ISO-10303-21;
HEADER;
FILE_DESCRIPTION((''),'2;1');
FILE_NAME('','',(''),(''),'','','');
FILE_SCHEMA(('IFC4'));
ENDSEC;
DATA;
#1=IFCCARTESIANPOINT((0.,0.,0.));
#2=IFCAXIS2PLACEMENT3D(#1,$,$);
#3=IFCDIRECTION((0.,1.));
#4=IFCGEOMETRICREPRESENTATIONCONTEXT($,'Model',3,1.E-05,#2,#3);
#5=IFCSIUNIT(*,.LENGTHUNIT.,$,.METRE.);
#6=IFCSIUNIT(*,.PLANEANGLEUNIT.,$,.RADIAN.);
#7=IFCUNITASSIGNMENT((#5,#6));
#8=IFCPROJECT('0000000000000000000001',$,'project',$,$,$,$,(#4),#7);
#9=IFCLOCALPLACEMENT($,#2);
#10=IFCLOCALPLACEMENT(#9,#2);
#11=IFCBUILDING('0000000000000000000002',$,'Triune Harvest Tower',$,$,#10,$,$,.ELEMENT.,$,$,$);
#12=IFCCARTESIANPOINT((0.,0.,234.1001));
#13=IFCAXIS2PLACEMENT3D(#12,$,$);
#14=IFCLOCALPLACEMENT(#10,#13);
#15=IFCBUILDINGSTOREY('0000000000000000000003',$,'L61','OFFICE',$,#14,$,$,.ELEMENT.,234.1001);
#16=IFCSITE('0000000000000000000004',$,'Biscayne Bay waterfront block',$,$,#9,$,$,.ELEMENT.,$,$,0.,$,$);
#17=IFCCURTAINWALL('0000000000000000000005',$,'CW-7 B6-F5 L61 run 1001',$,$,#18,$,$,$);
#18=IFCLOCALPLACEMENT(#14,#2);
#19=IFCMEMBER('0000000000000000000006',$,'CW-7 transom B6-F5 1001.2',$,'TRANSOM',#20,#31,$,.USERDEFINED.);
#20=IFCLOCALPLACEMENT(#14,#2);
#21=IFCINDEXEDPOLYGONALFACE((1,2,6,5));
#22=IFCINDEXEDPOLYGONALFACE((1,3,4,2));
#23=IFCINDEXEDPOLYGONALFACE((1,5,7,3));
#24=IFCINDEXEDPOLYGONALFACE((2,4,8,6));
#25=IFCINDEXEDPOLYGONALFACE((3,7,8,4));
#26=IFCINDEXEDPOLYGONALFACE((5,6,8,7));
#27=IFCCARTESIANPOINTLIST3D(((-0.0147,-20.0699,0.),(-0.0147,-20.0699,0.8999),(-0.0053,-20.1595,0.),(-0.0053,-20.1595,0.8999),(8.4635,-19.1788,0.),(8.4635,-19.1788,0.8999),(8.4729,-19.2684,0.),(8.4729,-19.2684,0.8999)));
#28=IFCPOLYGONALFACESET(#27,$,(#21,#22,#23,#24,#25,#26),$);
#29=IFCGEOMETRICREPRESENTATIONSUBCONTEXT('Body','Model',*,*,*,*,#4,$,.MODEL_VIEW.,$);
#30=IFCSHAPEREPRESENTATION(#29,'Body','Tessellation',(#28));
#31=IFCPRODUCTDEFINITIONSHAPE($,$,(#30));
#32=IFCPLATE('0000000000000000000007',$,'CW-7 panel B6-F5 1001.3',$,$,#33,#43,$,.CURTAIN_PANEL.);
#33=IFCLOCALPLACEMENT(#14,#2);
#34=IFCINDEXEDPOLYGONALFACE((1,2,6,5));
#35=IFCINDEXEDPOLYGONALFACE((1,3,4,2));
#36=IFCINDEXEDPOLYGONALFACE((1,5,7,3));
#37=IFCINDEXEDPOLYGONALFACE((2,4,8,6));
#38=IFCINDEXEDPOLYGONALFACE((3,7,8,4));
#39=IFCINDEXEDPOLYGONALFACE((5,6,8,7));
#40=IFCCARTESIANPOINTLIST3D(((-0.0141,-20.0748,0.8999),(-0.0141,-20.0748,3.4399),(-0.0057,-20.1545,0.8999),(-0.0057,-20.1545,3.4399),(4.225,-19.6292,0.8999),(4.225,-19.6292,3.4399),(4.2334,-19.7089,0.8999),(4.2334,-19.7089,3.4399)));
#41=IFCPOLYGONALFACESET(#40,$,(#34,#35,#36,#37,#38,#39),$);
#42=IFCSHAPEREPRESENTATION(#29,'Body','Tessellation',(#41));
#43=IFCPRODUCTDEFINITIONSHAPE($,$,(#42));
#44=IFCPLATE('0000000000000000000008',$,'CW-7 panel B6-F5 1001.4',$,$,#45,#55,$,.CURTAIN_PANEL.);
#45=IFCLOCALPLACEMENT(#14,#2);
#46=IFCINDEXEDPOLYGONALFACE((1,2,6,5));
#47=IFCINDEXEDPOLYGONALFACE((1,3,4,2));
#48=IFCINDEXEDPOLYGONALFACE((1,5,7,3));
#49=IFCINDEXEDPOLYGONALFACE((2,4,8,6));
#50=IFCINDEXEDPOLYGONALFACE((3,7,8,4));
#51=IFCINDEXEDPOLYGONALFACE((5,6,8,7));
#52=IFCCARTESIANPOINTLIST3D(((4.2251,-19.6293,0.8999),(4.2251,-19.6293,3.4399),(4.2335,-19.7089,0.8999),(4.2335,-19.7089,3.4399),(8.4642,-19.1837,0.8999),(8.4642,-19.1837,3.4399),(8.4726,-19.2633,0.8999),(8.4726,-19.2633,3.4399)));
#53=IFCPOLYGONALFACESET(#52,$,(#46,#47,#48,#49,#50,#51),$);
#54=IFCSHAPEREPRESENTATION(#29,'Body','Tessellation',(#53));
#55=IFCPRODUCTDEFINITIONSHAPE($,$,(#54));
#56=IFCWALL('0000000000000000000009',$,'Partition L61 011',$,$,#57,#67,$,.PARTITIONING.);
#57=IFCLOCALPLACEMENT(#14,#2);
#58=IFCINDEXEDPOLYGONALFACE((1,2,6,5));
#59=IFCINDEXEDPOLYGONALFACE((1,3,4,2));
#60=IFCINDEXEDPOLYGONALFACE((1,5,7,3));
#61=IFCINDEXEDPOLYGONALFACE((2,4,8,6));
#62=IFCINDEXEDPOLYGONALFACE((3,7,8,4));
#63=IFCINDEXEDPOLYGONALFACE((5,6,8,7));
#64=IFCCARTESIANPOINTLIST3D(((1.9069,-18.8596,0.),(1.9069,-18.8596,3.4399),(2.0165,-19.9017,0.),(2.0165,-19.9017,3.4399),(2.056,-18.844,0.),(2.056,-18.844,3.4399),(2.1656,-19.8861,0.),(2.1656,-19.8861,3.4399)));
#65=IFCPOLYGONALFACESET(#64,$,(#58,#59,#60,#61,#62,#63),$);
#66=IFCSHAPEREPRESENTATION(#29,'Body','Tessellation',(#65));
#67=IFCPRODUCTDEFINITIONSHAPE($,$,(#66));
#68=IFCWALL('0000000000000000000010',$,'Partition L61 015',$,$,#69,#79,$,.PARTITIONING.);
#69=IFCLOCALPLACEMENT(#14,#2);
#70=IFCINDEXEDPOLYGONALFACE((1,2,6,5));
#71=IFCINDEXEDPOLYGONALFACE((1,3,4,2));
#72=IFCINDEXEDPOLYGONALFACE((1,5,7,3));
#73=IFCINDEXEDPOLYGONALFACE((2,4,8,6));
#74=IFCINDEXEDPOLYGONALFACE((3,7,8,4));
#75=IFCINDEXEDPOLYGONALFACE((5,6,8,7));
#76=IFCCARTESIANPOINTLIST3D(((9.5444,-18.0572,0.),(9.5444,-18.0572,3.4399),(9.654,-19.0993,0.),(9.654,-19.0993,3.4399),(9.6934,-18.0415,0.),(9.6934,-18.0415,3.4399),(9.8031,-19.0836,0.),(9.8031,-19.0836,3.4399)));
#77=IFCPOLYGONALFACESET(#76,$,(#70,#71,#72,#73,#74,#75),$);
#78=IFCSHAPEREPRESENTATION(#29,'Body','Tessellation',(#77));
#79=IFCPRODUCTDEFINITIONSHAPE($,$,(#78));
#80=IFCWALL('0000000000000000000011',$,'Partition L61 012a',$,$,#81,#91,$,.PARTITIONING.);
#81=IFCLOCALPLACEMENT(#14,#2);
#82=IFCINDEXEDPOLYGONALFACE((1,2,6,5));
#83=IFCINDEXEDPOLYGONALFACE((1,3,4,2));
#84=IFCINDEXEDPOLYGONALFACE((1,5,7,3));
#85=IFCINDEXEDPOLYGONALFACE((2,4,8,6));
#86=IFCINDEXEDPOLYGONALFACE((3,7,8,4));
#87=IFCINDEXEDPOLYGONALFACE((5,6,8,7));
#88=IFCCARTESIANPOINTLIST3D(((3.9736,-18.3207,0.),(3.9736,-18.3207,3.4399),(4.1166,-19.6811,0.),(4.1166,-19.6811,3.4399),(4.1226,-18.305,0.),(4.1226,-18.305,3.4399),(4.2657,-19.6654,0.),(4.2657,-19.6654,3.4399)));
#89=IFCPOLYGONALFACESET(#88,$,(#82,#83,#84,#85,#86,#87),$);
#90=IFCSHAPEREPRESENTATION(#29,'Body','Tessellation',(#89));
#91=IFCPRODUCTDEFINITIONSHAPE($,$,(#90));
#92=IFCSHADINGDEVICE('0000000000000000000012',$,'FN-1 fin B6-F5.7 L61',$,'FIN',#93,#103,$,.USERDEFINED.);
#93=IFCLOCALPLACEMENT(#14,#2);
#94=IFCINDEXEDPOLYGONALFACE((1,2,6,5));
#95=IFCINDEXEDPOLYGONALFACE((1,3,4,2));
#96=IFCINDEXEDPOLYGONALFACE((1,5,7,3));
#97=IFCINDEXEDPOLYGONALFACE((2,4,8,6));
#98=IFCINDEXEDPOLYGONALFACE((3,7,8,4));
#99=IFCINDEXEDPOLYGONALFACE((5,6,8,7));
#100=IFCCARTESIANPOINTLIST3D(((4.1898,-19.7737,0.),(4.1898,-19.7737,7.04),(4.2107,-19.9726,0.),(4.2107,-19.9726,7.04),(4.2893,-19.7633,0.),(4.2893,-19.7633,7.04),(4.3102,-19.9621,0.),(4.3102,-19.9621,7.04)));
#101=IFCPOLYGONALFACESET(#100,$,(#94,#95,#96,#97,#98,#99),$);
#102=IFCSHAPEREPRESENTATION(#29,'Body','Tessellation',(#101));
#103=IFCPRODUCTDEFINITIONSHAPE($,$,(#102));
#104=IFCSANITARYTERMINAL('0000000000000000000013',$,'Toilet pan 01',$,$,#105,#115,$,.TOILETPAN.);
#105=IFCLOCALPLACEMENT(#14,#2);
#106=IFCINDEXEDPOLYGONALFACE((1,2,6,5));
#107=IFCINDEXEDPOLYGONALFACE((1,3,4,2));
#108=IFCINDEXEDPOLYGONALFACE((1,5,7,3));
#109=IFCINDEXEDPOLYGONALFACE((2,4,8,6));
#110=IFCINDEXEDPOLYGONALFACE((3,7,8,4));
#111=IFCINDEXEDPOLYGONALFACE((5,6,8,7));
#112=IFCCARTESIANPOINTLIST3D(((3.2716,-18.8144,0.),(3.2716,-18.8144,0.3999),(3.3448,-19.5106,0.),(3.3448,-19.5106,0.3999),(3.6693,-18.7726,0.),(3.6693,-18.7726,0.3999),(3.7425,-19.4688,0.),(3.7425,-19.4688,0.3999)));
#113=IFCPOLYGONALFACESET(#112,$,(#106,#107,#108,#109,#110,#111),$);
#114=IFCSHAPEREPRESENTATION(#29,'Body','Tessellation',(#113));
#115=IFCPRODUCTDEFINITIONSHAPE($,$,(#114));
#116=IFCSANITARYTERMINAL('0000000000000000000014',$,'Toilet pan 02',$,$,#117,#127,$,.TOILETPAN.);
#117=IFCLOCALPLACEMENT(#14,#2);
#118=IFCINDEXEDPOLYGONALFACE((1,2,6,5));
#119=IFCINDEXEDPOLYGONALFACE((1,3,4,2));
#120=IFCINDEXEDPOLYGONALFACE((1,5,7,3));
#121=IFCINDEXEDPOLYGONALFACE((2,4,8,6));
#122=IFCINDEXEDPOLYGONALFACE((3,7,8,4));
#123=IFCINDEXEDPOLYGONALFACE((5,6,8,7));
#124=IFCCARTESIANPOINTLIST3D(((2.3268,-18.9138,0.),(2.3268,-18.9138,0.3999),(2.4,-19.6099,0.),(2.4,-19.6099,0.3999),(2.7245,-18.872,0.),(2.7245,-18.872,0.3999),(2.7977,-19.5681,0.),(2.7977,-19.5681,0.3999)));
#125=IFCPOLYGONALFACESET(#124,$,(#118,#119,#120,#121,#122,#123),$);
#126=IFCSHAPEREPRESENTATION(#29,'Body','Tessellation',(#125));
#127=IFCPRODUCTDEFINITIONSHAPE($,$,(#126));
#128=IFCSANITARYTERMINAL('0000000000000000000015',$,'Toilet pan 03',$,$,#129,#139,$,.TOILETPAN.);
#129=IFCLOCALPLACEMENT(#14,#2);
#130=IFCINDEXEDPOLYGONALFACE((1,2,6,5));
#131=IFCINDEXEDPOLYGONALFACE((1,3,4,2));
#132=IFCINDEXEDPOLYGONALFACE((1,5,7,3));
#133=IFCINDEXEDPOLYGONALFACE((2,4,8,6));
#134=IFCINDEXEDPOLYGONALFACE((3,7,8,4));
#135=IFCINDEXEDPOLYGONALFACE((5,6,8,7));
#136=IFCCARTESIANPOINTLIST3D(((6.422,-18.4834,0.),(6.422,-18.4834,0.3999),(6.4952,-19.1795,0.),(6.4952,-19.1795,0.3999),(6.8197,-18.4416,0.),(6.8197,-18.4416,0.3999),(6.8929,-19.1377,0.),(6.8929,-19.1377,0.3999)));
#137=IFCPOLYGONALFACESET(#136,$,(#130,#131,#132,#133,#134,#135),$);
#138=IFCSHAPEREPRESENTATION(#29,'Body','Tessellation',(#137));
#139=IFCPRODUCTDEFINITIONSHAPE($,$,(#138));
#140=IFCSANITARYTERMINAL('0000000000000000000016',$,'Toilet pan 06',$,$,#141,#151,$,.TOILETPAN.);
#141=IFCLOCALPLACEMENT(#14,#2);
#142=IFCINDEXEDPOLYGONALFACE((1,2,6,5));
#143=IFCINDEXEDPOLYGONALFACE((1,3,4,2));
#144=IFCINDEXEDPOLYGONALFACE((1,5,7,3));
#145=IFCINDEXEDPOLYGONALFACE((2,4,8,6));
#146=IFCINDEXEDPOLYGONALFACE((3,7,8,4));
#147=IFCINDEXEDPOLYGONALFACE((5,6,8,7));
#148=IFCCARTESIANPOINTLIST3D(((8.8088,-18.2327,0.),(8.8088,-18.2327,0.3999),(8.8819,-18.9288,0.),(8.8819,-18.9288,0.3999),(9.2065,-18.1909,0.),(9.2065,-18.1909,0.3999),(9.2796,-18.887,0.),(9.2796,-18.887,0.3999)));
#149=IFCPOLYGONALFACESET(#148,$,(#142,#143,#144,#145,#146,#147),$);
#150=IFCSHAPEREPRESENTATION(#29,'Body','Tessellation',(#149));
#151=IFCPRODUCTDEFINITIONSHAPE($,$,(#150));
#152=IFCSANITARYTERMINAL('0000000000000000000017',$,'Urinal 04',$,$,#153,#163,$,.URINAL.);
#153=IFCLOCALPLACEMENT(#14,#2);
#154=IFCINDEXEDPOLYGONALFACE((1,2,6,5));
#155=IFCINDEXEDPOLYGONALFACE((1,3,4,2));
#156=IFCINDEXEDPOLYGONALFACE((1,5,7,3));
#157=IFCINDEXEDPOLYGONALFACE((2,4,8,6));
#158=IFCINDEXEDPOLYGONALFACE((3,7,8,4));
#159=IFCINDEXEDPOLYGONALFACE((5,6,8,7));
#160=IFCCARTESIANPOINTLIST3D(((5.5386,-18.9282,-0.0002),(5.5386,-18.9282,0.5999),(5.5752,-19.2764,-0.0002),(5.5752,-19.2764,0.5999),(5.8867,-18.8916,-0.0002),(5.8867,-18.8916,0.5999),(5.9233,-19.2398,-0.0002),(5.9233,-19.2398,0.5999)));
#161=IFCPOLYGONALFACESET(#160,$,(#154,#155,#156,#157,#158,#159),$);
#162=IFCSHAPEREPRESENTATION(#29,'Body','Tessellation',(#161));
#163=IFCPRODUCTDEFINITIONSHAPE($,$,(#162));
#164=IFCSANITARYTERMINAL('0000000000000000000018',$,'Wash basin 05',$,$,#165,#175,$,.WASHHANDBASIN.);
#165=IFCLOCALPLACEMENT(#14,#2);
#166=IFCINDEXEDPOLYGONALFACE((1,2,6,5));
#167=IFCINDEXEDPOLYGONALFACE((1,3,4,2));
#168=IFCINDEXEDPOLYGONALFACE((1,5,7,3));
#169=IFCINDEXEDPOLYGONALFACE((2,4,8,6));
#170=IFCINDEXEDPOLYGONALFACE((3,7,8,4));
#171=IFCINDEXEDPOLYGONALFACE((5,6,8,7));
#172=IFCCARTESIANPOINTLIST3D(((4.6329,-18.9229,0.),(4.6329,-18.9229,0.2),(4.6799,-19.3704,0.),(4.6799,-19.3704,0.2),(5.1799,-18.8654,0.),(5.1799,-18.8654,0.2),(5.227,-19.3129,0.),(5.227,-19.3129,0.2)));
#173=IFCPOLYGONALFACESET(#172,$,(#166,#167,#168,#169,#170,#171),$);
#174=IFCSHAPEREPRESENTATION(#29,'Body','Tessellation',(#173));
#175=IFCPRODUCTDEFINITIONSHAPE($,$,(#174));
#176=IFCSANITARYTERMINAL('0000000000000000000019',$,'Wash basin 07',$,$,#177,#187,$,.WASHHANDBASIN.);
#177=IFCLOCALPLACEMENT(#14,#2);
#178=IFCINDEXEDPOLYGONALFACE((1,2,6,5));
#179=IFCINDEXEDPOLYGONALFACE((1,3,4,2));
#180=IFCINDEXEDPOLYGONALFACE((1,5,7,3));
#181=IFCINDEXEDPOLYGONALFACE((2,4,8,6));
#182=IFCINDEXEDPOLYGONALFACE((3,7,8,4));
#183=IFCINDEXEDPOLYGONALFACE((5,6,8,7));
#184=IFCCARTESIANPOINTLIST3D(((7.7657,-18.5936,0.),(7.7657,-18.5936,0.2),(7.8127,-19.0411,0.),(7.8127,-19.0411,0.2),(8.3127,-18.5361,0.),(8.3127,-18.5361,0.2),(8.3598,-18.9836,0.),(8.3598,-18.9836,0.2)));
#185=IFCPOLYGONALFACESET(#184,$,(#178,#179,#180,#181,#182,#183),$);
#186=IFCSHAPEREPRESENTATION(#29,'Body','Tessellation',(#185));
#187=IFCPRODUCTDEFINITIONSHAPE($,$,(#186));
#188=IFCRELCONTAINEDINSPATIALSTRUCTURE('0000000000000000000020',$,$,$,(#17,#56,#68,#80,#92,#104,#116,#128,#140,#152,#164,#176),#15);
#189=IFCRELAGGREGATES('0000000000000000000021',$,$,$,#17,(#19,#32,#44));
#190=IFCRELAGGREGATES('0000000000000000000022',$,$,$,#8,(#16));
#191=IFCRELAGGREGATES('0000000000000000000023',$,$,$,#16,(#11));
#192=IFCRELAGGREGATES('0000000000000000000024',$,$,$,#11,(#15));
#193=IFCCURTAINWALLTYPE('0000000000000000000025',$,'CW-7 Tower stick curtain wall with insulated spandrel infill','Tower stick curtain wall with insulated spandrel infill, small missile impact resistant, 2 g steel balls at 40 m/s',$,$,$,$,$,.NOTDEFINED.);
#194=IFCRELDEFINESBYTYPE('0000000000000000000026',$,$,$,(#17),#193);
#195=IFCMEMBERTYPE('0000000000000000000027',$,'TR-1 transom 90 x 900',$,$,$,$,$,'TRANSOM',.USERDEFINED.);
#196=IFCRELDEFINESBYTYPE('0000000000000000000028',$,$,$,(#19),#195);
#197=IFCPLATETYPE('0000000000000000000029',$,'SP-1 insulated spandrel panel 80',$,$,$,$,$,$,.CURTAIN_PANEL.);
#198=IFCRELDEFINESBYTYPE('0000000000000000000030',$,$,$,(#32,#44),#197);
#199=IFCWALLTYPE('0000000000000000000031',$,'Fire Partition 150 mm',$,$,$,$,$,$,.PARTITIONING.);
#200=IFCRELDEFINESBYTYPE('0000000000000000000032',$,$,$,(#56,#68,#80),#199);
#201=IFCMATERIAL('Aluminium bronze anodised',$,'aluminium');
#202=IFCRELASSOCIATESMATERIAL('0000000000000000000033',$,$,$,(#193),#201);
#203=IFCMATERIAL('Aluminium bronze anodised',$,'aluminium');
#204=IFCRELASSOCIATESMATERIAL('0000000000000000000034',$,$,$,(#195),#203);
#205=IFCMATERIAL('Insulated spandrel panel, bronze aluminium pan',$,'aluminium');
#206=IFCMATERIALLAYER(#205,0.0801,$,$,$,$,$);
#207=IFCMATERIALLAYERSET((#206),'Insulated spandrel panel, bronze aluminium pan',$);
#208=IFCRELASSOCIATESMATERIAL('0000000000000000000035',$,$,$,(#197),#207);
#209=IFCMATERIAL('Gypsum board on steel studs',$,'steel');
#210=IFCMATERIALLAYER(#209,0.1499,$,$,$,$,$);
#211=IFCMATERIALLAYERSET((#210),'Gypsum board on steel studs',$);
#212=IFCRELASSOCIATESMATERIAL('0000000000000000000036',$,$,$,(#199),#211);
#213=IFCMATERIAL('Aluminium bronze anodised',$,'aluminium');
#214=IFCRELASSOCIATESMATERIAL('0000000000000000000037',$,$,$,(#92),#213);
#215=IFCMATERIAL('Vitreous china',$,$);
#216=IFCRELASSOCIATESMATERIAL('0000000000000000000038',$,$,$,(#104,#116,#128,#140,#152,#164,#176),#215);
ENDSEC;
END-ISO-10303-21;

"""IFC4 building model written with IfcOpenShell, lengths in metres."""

from ifc_helpers import new_model, si_unit, direction, frame, frame_2d, origin, origin_2d, place, context, subcontext, project, spatial, rectangle, extrude, source, transform, mapped, material, layer, layer_set, material_profile, profile_set, type_object, element, aggregate, save


model = new_model("IFC4")

# Units and contexts
model_context = context("Model", 3, precision=1e-05, world=origin(), true_north=direction((0.0, 1.0)))
body_context = subcontext(model_context, "Body", "Model", "MODEL_VIEW")
ifc_project = project(units=[si_unit("LENGTHUNIT", "METRE"), si_unit("PLANEANGLEUNIT", "RADIAN")], contexts=[model_context])

# Site, building, storey
site_placement = place(None, origin())
site = spatial("IfcSite", under=ifc_project, at=site_placement, Name="Biscayne Bay waterfront block", CompositionType="ELEMENT", RefElevation=0.0)
building_placement = place(site_placement, origin())
building = spatial("IfcBuilding", under=site, at=building_placement, Name="Triune Harvest Tower", CompositionType="ELEMENT")
storey_placement = place(building_placement, frame((0.0, 0.0, 234.1001)))
storey = spatial("IfcBuildingStorey", under=building, at=storey_placement, Name="L61", Description="OFFICE", CompositionType="ELEMENT", Elevation=234.1001)

# Curtain wall, member, plates
ifc_material_1 = material(Name="Aluminium bronze anodised", Category="aluminium")
curtain_wall_type = type_object("IfcCurtainWallType", Name="CW-7 Tower stick curtain wall with insulated spandrel infill", Description="Tower stick curtain wall with insulated spandrel infill, small missile impact resistant, 2 g steel balls at 40 m/s", PredefinedType="NOTDEFINED", material=ifc_material_1)
curtain_wall_placement = place(storey_placement, origin())
curtain_wall = element("IfcCurtainWall", 1, at=curtain_wall_placement, inside=storey, type_object=curtain_wall_type, Name="CW-7 B6-F5 L61 run 1001")
ifc_material_2 = material(Name="Aluminium bronze anodised", Category="aluminium")
ifc_material_profile_1 = material_profile(ifc_material_2, rectangle(XDim=0.0901, YDim=0.8999, at=origin_2d()), Name="TR-1 transom 90 x 900")
ifc_profile_set_1 = profile_set([ifc_material_profile_1], Name="Aluminium bronze anodised")
member_type_1 = type_object("IfcMemberType", Name="TR-1 transom 90 x 900", ElementType="TRANSOM", PredefinedType="USERDEFINED", material=ifc_profile_set_1)
shared_shape_1 = source(origin(), body_context, "Body", "SweptSolid", [
    extrude(rectangle(XDim=0.0901, YDim=0.8999, at=origin_2d()), origin(), (0.0, 0.0, 1.0), 8.5249),
])
member_1_placement = place(storey_placement, frame((-0.01, -20.1147, 0.45), z_axis=(0.994522, 0.10453, 0.0), x_axis=(-0.10453, 0.994522, 0.0)))
member_1 = element("IfcMember", 2, at=member_1_placement, type_object=member_type_1, Name="CW-7 transom B6-F5 1001.2", ObjectType="TRANSOM", PredefinedType="USERDEFINED", context=body_context, shape_type="MappedRepresentation", body=[
    mapped(shared_shape_1, transform((0.0, 0.0, 0.0), scale=1.0)),
])
ifc_material_3 = material(Name="Insulated spandrel panel, bronze aluminium pan", Category="aluminium")
ifc_layer_1 = layer(ifc_material_3, 0.0801)
ifc_layer_set_1 = layer_set([ifc_layer_1], Name="Insulated spandrel panel, bronze aluminium pan")
plate_type = type_object("IfcPlateType", Name="SP-1 insulated spandrel panel 80", PredefinedType="CURTAIN_PANEL", material=ifc_layer_set_1)
shared_shape_2 = source(origin(), body_context, "Body", "SweptSolid", [
    extrude(rectangle(XDim=4.2625, YDim=0.0801, at=origin_2d()), origin(), (0.0, 0.0, 1.0), 2.54),
])
plate_1_placement = place(storey_placement, frame((2.1096, -19.8918, 0.8999), z_axis=(0.0, 0.0, 1.0), x_axis=(0.994521, 0.104534, 0.0)))
plate_1 = element("IfcPlate", 3, at=plate_1_placement, type_object=plate_type, Name="CW-7 panel B6-F5 1001.3", PredefinedType="CURTAIN_PANEL", context=body_context, shape_type="MappedRepresentation", body=[
    mapped(shared_shape_2, transform((0.0, 0.0, 0.0), scale=1.0)),
])
plate_2_placement = place(storey_placement, frame((6.3489, -19.4463, 0.8999), z_axis=(0.0, 0.0, 1.0), x_axis=(0.994521, 0.104534, 0.0)))
plate_2 = element("IfcPlate", 4, at=plate_2_placement, type_object=plate_type, Name="CW-7 panel B6-F5 1001.4", PredefinedType="CURTAIN_PANEL", context=body_context, shape_type="MappedRepresentation", body=[
    mapped(shared_shape_2, transform((0.0, 0.0, 0.0), scale=1.0)),
])
aggregate(curtain_wall, [member_1, plate_1, plate_2])

# Walls
ifc_material_4 = material(Name="Gypsum board on steel studs", Category="steel")
ifc_layer_2 = layer(ifc_material_4, 0.1499)
ifc_layer_set_2 = layer_set([ifc_layer_2], Name="Gypsum board on steel studs")
wall_type = type_object("IfcWallType", Name="Fire Partition 150 mm", PredefinedType="PARTITIONING", material=ifc_layer_set_2)
shared_shape_3 = source(origin(), body_context, "Body", "SweptSolid", [
    extrude(rectangle(XDim=1.0479, YDim=0.1499, at=frame_2d((0.5239, 0.0))), origin(), (0.0, 0.0, 1.0), 3.4399),
])
for number, where, z_axis, x_axis, name in (
    (5, (1.9814, -18.8518, 0.0), (0.0, 0.0, 1.0), (0.104624, -0.994512, 0.0), "Partition L61 011"),
    (6, (9.6189, -18.0493, 0.0), (0.0, 0.0, 1.0), (0.104624, -0.994512, 0.0), "Partition L61 015"),
):
    element("IfcWall", number, at=place(storey_placement, frame(where, z_axis=z_axis, x_axis=x_axis)), inside=storey, type_object=wall_type, Name=name, PredefinedType="PARTITIONING", context=body_context, shape_type="MappedRepresentation", body=[
        mapped(shared_shape_3, transform((0.0, 0.0, 0.0), scale=1.0)),
    ])
shared_shape_4 = source(origin(), body_context, "Body", "SweptSolid", [
    extrude(rectangle(XDim=1.3679, YDim=0.1499, at=frame_2d((0.6841, 0.0))), origin(), (0.0, 0.0, 1.0), 3.4399),
])
wall_placement = place(storey_placement, frame((4.0481, -18.3127, 0.0), z_axis=(0.0, 0.0, 1.0), x_axis=(0.104592, -0.994515, 0.0)))
element("IfcWall", 7, at=wall_placement, inside=storey, type_object=wall_type, Name="Partition L61 012a", PredefinedType="PARTITIONING", context=body_context, shape_type="MappedRepresentation", body=[
    mapped(shared_shape_4, transform((0.0, 0.0, 0.0), scale=1.0)),
])

# Shading device
ifc_material_5 = material(Name="Aluminium bronze anodised", Category="aluminium")
shared_shape_5 = source(origin(), body_context, "Body", "SweptSolid", [
    extrude(rectangle(XDim=0.1001, YDim=0.2, at=origin_2d()), origin(), (0.0, 0.0, 1.0), 7.04),
])
shading_device_placement = place(storey_placement, frame((4.25, -19.8679, 0.0), z_axis=(0.0, 0.0, 1.0), x_axis=(0.994522, 0.10453, 0.0)))
element("IfcShadingDevice", 8, at=shading_device_placement, inside=storey, material=ifc_material_5, Name="FN-1 fin B6-F5.7 L61", ObjectType="FIN", PredefinedType="USERDEFINED", context=body_context, shape_type="MappedRepresentation", body=[
    mapped(shared_shape_5, transform((0.0, 0.0, 0.0), scale=1.0)),
])

# Sanitary terminals
ifc_material_6 = material(Name="Vitreous china")
shared_shape_6 = source(origin(), body_context, "Body", "SweptSolid", [
    extrude(rectangle(XDim=0.3999, YDim=0.7, at=origin_2d()), origin(), (0.0, 0.0, 1.0), 0.3999),
])
for number, where, z_axis, x_axis, name in (
    (9, (3.5071, -19.1416, 0.0), (0.0, 0.0, 1.0), (-0.99452, -0.104546, 0.0), "Toilet pan 01"),
    (10, (2.5623, -19.241, 0.0), (0.0, 0.0, 1.0), (-0.99452, -0.104546, 0.0), "Toilet pan 02"),
    (11, (6.6575, -18.8105, 0.0), (0.0, 0.0, 1.0), (-0.99452, -0.104546, 0.0), "Toilet pan 03"),
    (12, (9.0442, -18.5598, 0.0), (0.0, 0.0, 1.0), (-0.994522, -0.104528, 0.0), "Toilet pan 06"),
):
    element("IfcSanitaryTerminal", number, at=place(storey_placement, frame(where, z_axis=z_axis, x_axis=x_axis)), inside=storey, material=ifc_material_6, Name=name, PredefinedType="TOILETPAN", context=body_context, shape_type="MappedRepresentation", body=[
        mapped(shared_shape_6, transform((0.0, 0.0, 0.0), scale=1.0)),
    ])
shared_shape_7 = source(origin(), body_context, "Body", "SweptSolid", [
    extrude(rectangle(XDim=0.3501, YDim=0.3501, at=origin_2d()), origin(), (0.0, 0.0, 1.0), 0.6001),
])
sanitary_terminal_placement = place(storey_placement, frame((5.731, -19.084, -0.0002), z_axis=(0.0, 0.0, 1.0), x_axis=(-0.99452, -0.104546, 0.0)))
element("IfcSanitaryTerminal", 13, at=sanitary_terminal_placement, inside=storey, material=ifc_material_6, Name="Urinal 04", PredefinedType="URINAL", context=body_context, shape_type="MappedRepresentation", body=[
    mapped(shared_shape_7, transform((0.0, 0.0, 0.0), scale=1.0)),
])
shared_shape_8 = source(origin(), body_context, "Body", "SweptSolid", [
    extrude(rectangle(XDim=0.55, YDim=0.45, at=origin_2d()), origin(), (0.0, 0.0, 1.0), 0.2),
])
for number, where, z_axis, x_axis, name in (
    (14, (4.9299, -19.1179, 0.0), (0.0, 0.0, 1.0), (-0.99452, -0.104546, 0.0), "Wash basin 05"),
    (15, (8.0627, -18.7886, 0.0), (0.0, 0.0, 1.0), (-0.994522, -0.104528, 0.0), "Wash basin 07"),
):
    element("IfcSanitaryTerminal", number, at=place(storey_placement, frame(where, z_axis=z_axis, x_axis=x_axis)), inside=storey, material=ifc_material_6, Name=name, PredefinedType="WASHHANDBASIN", context=body_context, shape_type="MappedRepresentation", body=[
        mapped(shared_shape_8, transform((0.0, 0.0, 0.0), scale=1.0)),
    ])

save(model, "model.ifc")
